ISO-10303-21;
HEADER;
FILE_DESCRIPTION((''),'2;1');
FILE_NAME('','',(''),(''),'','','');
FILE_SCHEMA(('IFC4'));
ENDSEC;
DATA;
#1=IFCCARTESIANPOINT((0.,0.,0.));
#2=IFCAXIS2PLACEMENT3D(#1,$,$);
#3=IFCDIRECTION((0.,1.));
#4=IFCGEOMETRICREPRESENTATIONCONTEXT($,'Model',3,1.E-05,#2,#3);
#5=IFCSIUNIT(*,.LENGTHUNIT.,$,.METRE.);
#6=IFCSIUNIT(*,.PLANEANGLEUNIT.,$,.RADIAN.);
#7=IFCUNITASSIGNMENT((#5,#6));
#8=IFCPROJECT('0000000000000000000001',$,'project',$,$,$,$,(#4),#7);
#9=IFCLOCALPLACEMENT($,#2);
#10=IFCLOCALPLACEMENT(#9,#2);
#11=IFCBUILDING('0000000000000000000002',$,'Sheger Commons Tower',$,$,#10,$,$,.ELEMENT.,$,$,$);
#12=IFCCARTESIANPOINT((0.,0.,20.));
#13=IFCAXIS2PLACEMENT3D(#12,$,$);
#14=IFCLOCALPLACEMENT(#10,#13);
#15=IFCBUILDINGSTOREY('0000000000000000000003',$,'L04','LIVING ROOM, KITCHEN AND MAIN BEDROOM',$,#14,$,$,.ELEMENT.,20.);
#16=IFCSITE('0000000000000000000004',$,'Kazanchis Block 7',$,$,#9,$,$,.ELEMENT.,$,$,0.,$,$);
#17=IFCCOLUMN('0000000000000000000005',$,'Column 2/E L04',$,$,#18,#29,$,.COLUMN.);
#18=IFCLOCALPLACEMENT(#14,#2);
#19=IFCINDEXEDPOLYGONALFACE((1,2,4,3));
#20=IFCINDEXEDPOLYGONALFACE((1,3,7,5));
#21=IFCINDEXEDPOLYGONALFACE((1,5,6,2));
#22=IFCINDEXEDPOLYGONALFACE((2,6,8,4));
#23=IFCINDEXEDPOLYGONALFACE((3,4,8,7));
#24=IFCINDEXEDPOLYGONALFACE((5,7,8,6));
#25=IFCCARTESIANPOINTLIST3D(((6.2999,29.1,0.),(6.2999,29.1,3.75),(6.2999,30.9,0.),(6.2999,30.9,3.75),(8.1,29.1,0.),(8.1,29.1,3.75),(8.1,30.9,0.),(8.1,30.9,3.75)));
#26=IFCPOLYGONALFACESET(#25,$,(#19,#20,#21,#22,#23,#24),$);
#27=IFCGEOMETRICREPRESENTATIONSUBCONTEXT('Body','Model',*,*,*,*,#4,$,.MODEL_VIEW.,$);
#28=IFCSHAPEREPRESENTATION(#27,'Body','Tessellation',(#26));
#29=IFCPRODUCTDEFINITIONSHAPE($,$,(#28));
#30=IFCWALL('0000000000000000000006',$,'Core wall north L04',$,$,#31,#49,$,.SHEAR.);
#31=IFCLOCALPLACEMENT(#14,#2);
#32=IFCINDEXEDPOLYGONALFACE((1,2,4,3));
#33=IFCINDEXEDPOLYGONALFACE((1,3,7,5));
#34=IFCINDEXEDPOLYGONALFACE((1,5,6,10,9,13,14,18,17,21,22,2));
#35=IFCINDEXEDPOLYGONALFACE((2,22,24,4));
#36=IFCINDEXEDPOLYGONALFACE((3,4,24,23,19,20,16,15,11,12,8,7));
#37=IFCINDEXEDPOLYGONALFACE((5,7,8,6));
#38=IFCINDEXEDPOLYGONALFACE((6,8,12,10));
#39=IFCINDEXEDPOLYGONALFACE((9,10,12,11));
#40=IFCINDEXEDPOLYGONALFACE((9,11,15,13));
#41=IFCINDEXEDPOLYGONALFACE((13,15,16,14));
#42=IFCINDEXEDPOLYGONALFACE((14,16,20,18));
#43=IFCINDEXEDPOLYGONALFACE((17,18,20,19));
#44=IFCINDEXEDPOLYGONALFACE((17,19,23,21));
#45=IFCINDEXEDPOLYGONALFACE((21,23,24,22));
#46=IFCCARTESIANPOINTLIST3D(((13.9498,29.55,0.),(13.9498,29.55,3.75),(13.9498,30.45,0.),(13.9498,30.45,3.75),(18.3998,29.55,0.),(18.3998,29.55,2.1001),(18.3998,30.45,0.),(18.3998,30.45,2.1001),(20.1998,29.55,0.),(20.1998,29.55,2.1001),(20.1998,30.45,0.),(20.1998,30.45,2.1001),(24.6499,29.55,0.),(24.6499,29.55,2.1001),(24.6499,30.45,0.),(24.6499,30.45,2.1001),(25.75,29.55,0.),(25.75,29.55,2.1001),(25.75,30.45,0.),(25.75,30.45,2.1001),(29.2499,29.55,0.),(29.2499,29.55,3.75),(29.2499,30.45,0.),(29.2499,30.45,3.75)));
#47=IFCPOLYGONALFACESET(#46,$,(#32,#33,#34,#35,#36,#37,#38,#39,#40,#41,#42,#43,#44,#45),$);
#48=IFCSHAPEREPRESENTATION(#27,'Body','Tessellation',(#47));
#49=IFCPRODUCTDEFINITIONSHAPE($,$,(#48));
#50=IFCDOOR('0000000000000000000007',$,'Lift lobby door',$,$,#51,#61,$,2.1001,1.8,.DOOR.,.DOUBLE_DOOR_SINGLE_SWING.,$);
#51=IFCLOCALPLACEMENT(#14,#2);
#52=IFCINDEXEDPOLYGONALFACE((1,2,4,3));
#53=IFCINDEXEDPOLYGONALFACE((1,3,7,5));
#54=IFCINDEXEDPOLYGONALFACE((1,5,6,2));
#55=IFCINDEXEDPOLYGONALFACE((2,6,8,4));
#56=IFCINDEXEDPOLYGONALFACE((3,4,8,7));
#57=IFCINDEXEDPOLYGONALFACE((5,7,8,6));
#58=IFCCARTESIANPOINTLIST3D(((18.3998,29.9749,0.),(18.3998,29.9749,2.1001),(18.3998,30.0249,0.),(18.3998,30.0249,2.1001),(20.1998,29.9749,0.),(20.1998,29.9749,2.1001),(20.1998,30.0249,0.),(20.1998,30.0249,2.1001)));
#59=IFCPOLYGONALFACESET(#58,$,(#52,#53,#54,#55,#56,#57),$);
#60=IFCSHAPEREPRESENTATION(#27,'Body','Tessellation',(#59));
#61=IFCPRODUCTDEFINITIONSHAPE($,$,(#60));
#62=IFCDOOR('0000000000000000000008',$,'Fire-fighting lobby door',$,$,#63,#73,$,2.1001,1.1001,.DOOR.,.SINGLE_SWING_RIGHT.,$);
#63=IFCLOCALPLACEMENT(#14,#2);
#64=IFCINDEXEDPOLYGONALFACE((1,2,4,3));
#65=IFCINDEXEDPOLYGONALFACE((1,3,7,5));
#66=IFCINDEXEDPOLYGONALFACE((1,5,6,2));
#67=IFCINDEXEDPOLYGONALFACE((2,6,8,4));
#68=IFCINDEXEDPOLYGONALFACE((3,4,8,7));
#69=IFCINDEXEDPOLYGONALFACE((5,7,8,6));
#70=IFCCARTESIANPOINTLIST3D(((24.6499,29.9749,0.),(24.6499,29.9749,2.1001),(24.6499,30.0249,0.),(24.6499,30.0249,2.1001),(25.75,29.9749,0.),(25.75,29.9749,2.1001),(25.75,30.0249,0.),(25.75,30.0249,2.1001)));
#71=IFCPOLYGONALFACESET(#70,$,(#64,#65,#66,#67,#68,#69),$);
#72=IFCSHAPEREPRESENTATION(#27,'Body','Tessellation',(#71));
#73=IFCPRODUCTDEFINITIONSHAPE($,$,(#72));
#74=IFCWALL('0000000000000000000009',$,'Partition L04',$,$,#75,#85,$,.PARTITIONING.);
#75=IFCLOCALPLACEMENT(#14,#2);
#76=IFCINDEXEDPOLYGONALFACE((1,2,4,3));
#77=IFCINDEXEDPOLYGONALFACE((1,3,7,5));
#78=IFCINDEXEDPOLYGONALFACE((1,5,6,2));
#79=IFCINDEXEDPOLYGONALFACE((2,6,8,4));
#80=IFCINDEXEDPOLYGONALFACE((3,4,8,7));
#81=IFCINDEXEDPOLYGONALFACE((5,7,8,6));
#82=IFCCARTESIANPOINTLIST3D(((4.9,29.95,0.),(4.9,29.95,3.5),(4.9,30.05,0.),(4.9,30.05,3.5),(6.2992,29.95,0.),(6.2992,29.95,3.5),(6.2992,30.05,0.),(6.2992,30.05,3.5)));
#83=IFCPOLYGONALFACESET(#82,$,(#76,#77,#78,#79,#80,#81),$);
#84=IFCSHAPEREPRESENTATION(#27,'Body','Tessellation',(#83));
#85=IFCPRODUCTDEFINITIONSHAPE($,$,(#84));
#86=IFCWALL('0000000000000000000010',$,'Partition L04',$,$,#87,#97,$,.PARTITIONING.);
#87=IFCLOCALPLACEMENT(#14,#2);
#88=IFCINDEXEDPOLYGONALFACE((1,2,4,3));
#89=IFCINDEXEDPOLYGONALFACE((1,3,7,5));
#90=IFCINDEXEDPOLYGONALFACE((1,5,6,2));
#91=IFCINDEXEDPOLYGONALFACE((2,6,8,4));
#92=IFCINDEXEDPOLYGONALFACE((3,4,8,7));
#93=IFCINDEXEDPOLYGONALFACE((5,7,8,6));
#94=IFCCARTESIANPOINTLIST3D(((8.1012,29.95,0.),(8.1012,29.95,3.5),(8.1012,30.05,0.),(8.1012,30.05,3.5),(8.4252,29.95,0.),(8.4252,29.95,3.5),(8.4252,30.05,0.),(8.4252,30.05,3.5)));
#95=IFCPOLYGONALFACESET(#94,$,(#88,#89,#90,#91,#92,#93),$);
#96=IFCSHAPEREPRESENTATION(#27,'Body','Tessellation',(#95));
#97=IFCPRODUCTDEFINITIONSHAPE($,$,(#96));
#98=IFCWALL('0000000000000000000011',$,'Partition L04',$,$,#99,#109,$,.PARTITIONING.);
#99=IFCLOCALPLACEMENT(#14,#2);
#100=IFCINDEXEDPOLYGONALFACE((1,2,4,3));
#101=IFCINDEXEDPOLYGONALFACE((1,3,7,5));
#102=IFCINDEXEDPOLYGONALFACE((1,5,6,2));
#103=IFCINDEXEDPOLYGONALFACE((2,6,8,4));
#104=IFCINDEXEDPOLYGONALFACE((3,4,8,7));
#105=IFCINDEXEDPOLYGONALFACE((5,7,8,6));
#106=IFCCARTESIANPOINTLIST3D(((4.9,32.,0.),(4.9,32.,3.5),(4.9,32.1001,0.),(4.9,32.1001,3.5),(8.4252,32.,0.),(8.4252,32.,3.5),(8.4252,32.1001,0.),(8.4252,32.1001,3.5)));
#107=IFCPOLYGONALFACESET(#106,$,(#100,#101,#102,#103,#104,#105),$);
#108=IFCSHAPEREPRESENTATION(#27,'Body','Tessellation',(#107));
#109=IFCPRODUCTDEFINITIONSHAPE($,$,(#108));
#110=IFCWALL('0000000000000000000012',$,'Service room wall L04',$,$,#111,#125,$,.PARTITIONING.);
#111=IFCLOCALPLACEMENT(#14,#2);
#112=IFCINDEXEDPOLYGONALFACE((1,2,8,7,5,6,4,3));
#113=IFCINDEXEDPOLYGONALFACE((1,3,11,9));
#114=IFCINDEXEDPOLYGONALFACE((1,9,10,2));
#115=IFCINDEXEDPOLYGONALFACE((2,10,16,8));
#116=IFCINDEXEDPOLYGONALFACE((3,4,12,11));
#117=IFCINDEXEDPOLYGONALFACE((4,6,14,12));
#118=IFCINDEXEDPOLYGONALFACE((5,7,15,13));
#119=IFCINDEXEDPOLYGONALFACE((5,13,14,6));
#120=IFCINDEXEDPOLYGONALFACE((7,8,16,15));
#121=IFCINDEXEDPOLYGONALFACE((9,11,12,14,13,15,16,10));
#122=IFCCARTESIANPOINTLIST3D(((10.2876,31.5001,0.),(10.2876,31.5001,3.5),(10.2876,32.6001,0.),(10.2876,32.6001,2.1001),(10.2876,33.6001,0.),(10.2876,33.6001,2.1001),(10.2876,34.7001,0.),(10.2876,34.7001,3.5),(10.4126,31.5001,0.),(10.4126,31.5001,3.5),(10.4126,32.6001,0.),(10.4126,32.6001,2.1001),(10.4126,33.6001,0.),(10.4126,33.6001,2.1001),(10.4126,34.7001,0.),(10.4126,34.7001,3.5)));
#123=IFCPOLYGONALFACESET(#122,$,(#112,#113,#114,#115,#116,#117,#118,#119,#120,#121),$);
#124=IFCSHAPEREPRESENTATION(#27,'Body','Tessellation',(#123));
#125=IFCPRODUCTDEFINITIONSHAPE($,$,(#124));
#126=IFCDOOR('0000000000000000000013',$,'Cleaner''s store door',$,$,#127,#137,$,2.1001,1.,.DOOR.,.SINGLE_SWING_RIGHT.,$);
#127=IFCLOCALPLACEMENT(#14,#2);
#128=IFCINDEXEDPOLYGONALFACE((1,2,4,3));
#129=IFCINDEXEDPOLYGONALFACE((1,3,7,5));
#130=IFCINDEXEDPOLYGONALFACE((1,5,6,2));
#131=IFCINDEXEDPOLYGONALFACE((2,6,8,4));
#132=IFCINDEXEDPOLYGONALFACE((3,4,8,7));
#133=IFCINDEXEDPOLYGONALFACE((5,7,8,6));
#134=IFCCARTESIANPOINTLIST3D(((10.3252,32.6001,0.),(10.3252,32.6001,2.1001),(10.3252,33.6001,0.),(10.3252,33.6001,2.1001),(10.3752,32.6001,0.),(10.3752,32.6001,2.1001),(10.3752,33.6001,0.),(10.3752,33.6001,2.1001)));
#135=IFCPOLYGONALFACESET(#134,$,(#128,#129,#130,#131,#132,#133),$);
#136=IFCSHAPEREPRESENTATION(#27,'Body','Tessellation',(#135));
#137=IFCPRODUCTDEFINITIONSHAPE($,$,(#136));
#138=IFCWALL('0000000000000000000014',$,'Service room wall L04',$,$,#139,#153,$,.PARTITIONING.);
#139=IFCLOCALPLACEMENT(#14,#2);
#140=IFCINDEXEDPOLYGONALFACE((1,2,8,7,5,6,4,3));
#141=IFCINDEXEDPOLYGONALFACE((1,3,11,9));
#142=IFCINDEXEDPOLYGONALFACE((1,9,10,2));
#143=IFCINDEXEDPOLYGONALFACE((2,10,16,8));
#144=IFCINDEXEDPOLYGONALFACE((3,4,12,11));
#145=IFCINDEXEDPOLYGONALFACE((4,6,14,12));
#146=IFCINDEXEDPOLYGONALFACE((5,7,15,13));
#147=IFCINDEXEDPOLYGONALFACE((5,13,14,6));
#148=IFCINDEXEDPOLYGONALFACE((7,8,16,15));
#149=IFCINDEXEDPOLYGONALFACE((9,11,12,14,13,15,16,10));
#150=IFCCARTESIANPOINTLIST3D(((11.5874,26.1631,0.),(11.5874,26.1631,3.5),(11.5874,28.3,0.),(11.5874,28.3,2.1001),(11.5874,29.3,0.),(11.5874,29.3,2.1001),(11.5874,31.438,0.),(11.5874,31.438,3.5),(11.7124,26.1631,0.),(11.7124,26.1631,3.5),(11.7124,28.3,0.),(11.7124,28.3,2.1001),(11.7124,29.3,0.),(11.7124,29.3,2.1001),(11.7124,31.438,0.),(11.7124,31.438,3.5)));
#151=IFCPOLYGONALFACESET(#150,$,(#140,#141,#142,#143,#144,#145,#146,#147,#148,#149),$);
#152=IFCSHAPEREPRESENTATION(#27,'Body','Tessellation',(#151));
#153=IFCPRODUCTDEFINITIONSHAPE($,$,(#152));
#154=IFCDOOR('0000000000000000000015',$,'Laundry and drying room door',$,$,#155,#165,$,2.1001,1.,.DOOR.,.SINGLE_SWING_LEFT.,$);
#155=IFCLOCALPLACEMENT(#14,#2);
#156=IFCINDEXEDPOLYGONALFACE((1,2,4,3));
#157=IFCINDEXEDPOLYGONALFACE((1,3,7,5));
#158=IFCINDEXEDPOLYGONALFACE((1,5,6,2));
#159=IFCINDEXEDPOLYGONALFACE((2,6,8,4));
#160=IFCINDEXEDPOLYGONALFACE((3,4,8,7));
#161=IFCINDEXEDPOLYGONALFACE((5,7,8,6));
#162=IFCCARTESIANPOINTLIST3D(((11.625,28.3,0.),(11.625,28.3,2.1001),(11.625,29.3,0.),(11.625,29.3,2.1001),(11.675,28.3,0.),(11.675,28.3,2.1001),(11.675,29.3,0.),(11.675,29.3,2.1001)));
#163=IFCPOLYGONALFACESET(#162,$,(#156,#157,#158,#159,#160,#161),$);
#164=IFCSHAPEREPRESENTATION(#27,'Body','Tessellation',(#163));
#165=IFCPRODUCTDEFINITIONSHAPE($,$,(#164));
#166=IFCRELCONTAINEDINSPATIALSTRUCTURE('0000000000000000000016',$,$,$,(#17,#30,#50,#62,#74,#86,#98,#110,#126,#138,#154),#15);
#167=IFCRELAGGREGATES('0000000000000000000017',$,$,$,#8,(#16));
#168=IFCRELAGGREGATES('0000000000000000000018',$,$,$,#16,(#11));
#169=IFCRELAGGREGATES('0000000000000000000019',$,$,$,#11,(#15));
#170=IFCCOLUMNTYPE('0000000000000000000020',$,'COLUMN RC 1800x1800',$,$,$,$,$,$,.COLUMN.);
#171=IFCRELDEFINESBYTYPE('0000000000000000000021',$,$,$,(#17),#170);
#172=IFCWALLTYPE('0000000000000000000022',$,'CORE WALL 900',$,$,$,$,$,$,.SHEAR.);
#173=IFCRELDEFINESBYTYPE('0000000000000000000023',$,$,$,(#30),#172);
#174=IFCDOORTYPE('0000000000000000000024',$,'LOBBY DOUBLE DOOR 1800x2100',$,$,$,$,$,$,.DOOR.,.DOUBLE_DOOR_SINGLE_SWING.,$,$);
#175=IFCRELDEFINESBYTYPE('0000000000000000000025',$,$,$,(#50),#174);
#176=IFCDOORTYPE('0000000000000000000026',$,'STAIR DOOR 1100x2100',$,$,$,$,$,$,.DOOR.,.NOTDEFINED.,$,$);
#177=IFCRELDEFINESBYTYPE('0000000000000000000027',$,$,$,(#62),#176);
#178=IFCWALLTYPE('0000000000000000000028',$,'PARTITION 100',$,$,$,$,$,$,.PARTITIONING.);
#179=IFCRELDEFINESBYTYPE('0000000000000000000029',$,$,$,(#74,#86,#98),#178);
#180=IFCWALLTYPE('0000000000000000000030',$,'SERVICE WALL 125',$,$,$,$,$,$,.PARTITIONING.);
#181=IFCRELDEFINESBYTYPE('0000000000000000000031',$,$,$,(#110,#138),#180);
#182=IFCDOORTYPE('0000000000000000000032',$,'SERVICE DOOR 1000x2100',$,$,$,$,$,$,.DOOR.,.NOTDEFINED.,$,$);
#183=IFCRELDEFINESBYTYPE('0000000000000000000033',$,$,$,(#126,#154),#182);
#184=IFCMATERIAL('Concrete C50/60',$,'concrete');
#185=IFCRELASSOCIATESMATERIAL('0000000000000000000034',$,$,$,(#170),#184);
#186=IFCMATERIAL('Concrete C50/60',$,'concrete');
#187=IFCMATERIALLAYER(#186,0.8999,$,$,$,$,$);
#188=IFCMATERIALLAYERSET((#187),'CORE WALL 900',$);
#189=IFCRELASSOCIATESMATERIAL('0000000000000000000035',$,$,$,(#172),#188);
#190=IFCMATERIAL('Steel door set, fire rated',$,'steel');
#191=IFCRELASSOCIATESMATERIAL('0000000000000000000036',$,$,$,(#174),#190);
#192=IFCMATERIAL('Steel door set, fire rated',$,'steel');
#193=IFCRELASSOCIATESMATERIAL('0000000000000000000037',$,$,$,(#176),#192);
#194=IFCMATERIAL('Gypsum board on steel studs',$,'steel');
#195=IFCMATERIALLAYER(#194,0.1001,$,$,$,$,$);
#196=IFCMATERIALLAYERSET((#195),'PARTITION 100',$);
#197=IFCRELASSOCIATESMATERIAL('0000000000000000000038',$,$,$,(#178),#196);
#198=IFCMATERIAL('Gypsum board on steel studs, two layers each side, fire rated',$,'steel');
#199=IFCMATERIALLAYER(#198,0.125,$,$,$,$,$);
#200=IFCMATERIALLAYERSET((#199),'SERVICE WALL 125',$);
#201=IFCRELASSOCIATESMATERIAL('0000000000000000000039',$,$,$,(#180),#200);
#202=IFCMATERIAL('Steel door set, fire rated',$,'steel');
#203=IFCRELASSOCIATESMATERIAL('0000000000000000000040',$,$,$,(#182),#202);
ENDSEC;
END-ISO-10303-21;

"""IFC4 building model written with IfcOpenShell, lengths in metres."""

from ifc_helpers import new_model, si_unit, direction, frame, frame_2d, origin, origin_2d, place, context, subcontext, project, spatial, rectangle, extrude, material, layer, layer_set, material_profile, profile_set, type_object, element, fill, save


model = new_model("IFC4")

# Units and contexts
model_context = context("Model", 3, precision=1e-05, world=origin(), true_north=direction((0.0, 1.0)))
body_context = subcontext(model_context, "Body", "Model", "MODEL_VIEW")
ifc_project = project(units=[si_unit("LENGTHUNIT", "METRE"), si_unit("PLANEANGLEUNIT", "RADIAN")], contexts=[model_context])

# Site, building, storey
site_placement = place(None, origin())
site = spatial("IfcSite", under=ifc_project, at=site_placement, Name="Kazanchis Block 7", CompositionType="ELEMENT", RefElevation=0.0)
building_placement = place(site_placement, origin())
building = spatial("IfcBuilding", under=site, at=building_placement, Name="Sheger Commons Tower", CompositionType="ELEMENT")
storey_placement = place(building_placement, frame((0.0, 0.0, 20.0)))
storey = spatial("IfcBuildingStorey", under=building, at=storey_placement, Name="L04", Description="LIVING ROOM, KITCHEN AND MAIN BEDROOM", CompositionType="ELEMENT", Elevation=20.0)

# Column
ifc_material_1 = material(Name="Concrete C50/60", Category="concrete")
ifc_material_profile = material_profile(ifc_material_1, rectangle(XDim=1.8, YDim=1.8, at=origin_2d()), Name="RC 1800x1800")
ifc_profile_set = profile_set([ifc_material_profile], Name="Concrete C50/60")
column_type = type_object("IfcColumnType", Name="COLUMN RC 1800x1800", PredefinedType="COLUMN", material=ifc_profile_set)
column_placement = place(storey_placement, frame((7.2, 30.0, 0.0), z_axis=(0.0, 0.0, 1.0), x_axis=(1.0, 0.0, 0.0)))
element("IfcColumn", 1, at=column_placement, inside=storey, type_object=column_type, Name="Column 2/E L04", PredefinedType="COLUMN", context=body_context, shape_type="SweptSolid", body=[
    extrude(rectangle(XDim=1.8, YDim=1.8, at=origin_2d()), origin(), (0.0, 0.0, 1.0), 3.75),
])

# Wall, openings, doors
ifc_material_2 = material(Name="Concrete C50/60", Category="concrete")
ifc_layer_1 = layer(ifc_material_2, 0.8999)
ifc_layer_set_1 = layer_set([ifc_layer_1], Name="CORE WALL 900")
wall_type_1 = type_object("IfcWallType", Name="CORE WALL 900", PredefinedType="SHEAR", material=ifc_layer_set_1)
wall_1_placement = place(storey_placement, frame((13.95, 30.0, 0.0), z_axis=(0.0, 0.0, 1.0), x_axis=(1.0, 0.0, 0.0)))
wall_1 = element("IfcWall", 2, at=wall_1_placement, inside=storey, type_object=wall_type_1, Name="Core wall north L04", PredefinedType="SHEAR", context=body_context, shape_type="SweptSolid", body=[
    extrude(rectangle(XDim=15.3, YDim=0.8999, at=frame_2d((7.6499, 0.0))), origin(), (0.0, 0.0, 1.0), 3.75),
])
opening_1_placement = place(wall_1_placement, frame((4.45, 0.0, 0.0)))
opening_1 = element("IfcOpeningElement", 3, at=opening_1_placement, cuts=wall_1, PredefinedType="OPENING", context=body_context, shape_type="SweptSolid", body=[
    extrude(rectangle(XDim=1.8, YDim=2.1001, at=frame_2d((0.8999, 1.05))), frame((0.0, 0.46, 0.0), z_axis=(0.0, -1.0, 0.0), x_axis=(1.0, 0.0, 0.0)), (0.0, 0.0, 1.0), 0.9199),
])
opening_2_placement = place(wall_1_placement, frame((10.7, 0.0, 0.0)))
opening_2 = element("IfcOpeningElement", 4, at=opening_2_placement, cuts=wall_1, PredefinedType="OPENING", context=body_context, shape_type="SweptSolid", body=[
    extrude(rectangle(XDim=1.1001, YDim=2.1001, at=frame_2d((0.55, 1.05))), frame((0.0, 0.46, 0.0), z_axis=(0.0, -1.0, 0.0), x_axis=(1.0, 0.0, 0.0)), (0.0, 0.0, 1.0), 0.9199),
])
ifc_material_3 = material(Name="Steel door set, fire rated", Category="steel")
door_type_1 = type_object("IfcDoorType", Name="LOBBY DOUBLE DOOR 1800x2100", OperationType="DOUBLE_DOOR_SINGLE_SWING", PredefinedType="DOOR", material=ifc_material_3)
door_1_placement = place(opening_1_placement, origin())
door_1 = element("IfcDoor", 5, at=door_1_placement, inside=storey, type_object=door_type_1, Name="Lift lobby door", OperationType="DOUBLE_DOOR_SINGLE_SWING", OverallHeight=2.1001, OverallWidth=1.8, PredefinedType="DOOR", context=body_context, shape_type="SweptSolid", body=[
    extrude(rectangle(XDim=1.8, YDim=2.1001, at=frame_2d((0.8999, 1.05))), frame((0.0, 0.0249, 0.0), z_axis=(0.0, -1.0, 0.0), x_axis=(1.0, 0.0, 0.0)), (0.0, 0.0, 1.0), 0.05),
])
fill(opening_1, door_1)
ifc_material_4 = material(Name="Steel door set, fire rated", Category="steel")
door_type_2 = type_object("IfcDoorType", Name="STAIR DOOR 1100x2100", OperationType="NOTDEFINED", PredefinedType="DOOR", material=ifc_material_4)
door_2_placement = place(opening_2_placement, origin())
door_2 = element("IfcDoor", 6, at=door_2_placement, inside=storey, type_object=door_type_2, Name="Fire-fighting lobby door", OperationType="SINGLE_SWING_RIGHT", OverallHeight=2.1001, OverallWidth=1.1001, PredefinedType="DOOR", context=body_context, shape_type="SweptSolid", body=[
    extrude(rectangle(XDim=1.1001, YDim=2.1001, at=frame_2d((0.55, 1.05))), frame((0.0, 0.0249, 0.0), z_axis=(0.0, -1.0, 0.0), x_axis=(1.0, 0.0, 0.0)), (0.0, 0.0, 1.0), 0.05),
])
fill(opening_2, door_2)

# Walls
ifc_material_5 = material(Name="Gypsum board on steel studs", Category="steel")
ifc_layer_2 = layer(ifc_material_5, 0.1001)
ifc_layer_set_2 = layer_set([ifc_layer_2], Name="PARTITION 100")
wall_type_2 = type_object("IfcWallType", Name="PARTITION 100", PredefinedType="PARTITIONING", material=ifc_layer_set_2)
wall_2_placement = place(storey_placement, frame((4.8999, 30.0, 0.0), z_axis=(0.0, 0.0, 1.0), x_axis=(1.0, 0.0, 0.0)))
element("IfcWall", 7, at=wall_2_placement, inside=storey, type_object=wall_type_2, Name="Partition L04", PredefinedType="PARTITIONING", context=body_context, shape_type="SweptSolid", body=[
    extrude(rectangle(XDim=1.3992, YDim=0.1001, at=frame_2d((0.6997, 0.0))), origin(), (0.0, 0.0, 1.0), 3.5),
])
wall_3_placement = place(storey_placement, frame((8.1011, 30.0, 0.0), z_axis=(0.0, 0.0, 1.0), x_axis=(1.0, 0.0, 0.0)))
element("IfcWall", 8, at=wall_3_placement, inside=storey, type_object=wall_type_2, Name="Partition L04", PredefinedType="PARTITIONING", context=body_context, shape_type="SweptSolid", body=[
    extrude(rectangle(XDim=0.324, YDim=0.1001, at=frame_2d((0.1621, 0.0))), origin(), (0.0, 0.0, 1.0), 3.5),
])
wall_4_placement = place(storey_placement, frame((4.8999, 32.05, 0.0), z_axis=(0.0, 0.0, 1.0), x_axis=(1.0, 0.0, 0.0)))
element("IfcWall", 9, at=wall_4_placement, inside=storey, type_object=wall_type_2, Name="Partition L04", PredefinedType="PARTITIONING", context=body_context, shape_type="SweptSolid", body=[
    extrude(rectangle(XDim=3.5251, YDim=0.1001, at=frame_2d((1.7627, 0.0))), origin(), (0.0, 0.0, 1.0), 3.5),
])

# Walls, openings, doors
ifc_material_6 = material(Name="Gypsum board on steel studs, two layers each side, fire rated", Category="steel")
ifc_layer_3 = layer(ifc_material_6, 0.125)
ifc_layer_set_3 = layer_set([ifc_layer_3], Name="SERVICE WALL 125")
wall_type_3 = type_object("IfcWallType", Name="SERVICE WALL 125", PredefinedType="PARTITIONING", material=ifc_layer_set_3)
wall_5_placement = place(storey_placement, frame((10.3501, 31.5, 0.0), z_axis=(0.0, 0.0, 1.0), x_axis=(0.0, 1.0, 0.0)))
wall_5 = element("IfcWall", 10, at=wall_5_placement, inside=storey, type_object=wall_type_3, Name="Service room wall L04", PredefinedType="PARTITIONING", context=body_context, shape_type="SweptSolid", body=[
    extrude(rectangle(XDim=3.2, YDim=0.125, at=frame_2d((1.6001, 0.0))), origin(), (0.0, 0.0, 1.0), 3.5),
])
opening_3_placement = place(wall_5_placement, frame((1.1001, 0.0, 0.0)))
opening_3 = element("IfcOpeningElement", 11, at=opening_3_placement, cuts=wall_5, PredefinedType="OPENING", context=body_context, shape_type="SweptSolid", body=[
    extrude(rectangle(XDim=1.0, YDim=2.1001, at=frame_2d((0.5, 1.05))), frame((0.0, 0.0725, 0.0), z_axis=(0.0, -1.0, 0.0), x_axis=(1.0, 0.0, 0.0)), (0.0, 0.0, 1.0), 0.145),
])
ifc_material_7 = material(Name="Steel door set, fire rated", Category="steel")
door_type_3 = type_object("IfcDoorType", Name="SERVICE DOOR 1000x2100", OperationType="NOTDEFINED", PredefinedType="DOOR", material=ifc_material_7)
door_3_placement = place(opening_3_placement, origin())
door_3 = element("IfcDoor", 12, at=door_3_placement, inside=storey, type_object=door_type_3, Name="Cleaner's store door", OperationType="SINGLE_SWING_RIGHT", OverallHeight=2.1001, OverallWidth=1.0, PredefinedType="DOOR", context=body_context, shape_type="SweptSolid", body=[
    extrude(rectangle(XDim=1.0, YDim=2.1001, at=frame_2d((0.5, 1.05))), frame((0.0, 0.0249, 0.0), z_axis=(0.0, -1.0, 0.0), x_axis=(1.0, 0.0, 0.0)), (0.0, 0.0, 1.0), 0.05),
])
fill(opening_3, door_3)
wall_6_placement = place(storey_placement, frame((11.6499, 26.1631, 0.0), z_axis=(0.0, 0.0, 1.0), x_axis=(0.0, 1.0, 0.0)))
wall_6 = element("IfcWall", 13, at=wall_6_placement, inside=storey, type_object=wall_type_3, Name="Service room wall L04", PredefinedType="PARTITIONING", context=body_context, shape_type="SweptSolid", body=[
    extrude(rectangle(XDim=5.2749, YDim=0.125, at=frame_2d((2.6375, 0.0))), origin(), (0.0, 0.0, 1.0), 3.5),
])
opening_4_placement = place(wall_6_placement, frame((2.137, 0.0, 0.0)))
opening_4 = element("IfcOpeningElement", 14, at=opening_4_placement, cuts=wall_6, PredefinedType="OPENING", context=body_context, shape_type="SweptSolid", body=[
    extrude(rectangle(XDim=1.0, YDim=2.1001, at=frame_2d((0.5, 1.05))), frame((0.0, 0.0725, 0.0), z_axis=(0.0, -1.0, 0.0), x_axis=(1.0, 0.0, 0.0)), (0.0, 0.0, 1.0), 0.145),
])
door_4_placement = place(opening_4_placement, origin())
door_4 = element("IfcDoor", 15, at=door_4_placement, inside=storey, type_object=door_type_3, Name="Laundry and drying room door", OperationType="SINGLE_SWING_LEFT", OverallHeight=2.1001, OverallWidth=1.0, PredefinedType="DOOR", context=body_context, shape_type="SweptSolid", body=[
    extrude(rectangle(XDim=1.0, YDim=2.1001, at=frame_2d((0.5, 1.05))), frame((0.0, 0.0249, 0.0), z_axis=(0.0, -1.0, 0.0), x_axis=(1.0, 0.0, 0.0)), (0.0, 0.0, 1.0), 0.05),
])
fill(opening_4, door_4)

save(model, "model.ifc")
